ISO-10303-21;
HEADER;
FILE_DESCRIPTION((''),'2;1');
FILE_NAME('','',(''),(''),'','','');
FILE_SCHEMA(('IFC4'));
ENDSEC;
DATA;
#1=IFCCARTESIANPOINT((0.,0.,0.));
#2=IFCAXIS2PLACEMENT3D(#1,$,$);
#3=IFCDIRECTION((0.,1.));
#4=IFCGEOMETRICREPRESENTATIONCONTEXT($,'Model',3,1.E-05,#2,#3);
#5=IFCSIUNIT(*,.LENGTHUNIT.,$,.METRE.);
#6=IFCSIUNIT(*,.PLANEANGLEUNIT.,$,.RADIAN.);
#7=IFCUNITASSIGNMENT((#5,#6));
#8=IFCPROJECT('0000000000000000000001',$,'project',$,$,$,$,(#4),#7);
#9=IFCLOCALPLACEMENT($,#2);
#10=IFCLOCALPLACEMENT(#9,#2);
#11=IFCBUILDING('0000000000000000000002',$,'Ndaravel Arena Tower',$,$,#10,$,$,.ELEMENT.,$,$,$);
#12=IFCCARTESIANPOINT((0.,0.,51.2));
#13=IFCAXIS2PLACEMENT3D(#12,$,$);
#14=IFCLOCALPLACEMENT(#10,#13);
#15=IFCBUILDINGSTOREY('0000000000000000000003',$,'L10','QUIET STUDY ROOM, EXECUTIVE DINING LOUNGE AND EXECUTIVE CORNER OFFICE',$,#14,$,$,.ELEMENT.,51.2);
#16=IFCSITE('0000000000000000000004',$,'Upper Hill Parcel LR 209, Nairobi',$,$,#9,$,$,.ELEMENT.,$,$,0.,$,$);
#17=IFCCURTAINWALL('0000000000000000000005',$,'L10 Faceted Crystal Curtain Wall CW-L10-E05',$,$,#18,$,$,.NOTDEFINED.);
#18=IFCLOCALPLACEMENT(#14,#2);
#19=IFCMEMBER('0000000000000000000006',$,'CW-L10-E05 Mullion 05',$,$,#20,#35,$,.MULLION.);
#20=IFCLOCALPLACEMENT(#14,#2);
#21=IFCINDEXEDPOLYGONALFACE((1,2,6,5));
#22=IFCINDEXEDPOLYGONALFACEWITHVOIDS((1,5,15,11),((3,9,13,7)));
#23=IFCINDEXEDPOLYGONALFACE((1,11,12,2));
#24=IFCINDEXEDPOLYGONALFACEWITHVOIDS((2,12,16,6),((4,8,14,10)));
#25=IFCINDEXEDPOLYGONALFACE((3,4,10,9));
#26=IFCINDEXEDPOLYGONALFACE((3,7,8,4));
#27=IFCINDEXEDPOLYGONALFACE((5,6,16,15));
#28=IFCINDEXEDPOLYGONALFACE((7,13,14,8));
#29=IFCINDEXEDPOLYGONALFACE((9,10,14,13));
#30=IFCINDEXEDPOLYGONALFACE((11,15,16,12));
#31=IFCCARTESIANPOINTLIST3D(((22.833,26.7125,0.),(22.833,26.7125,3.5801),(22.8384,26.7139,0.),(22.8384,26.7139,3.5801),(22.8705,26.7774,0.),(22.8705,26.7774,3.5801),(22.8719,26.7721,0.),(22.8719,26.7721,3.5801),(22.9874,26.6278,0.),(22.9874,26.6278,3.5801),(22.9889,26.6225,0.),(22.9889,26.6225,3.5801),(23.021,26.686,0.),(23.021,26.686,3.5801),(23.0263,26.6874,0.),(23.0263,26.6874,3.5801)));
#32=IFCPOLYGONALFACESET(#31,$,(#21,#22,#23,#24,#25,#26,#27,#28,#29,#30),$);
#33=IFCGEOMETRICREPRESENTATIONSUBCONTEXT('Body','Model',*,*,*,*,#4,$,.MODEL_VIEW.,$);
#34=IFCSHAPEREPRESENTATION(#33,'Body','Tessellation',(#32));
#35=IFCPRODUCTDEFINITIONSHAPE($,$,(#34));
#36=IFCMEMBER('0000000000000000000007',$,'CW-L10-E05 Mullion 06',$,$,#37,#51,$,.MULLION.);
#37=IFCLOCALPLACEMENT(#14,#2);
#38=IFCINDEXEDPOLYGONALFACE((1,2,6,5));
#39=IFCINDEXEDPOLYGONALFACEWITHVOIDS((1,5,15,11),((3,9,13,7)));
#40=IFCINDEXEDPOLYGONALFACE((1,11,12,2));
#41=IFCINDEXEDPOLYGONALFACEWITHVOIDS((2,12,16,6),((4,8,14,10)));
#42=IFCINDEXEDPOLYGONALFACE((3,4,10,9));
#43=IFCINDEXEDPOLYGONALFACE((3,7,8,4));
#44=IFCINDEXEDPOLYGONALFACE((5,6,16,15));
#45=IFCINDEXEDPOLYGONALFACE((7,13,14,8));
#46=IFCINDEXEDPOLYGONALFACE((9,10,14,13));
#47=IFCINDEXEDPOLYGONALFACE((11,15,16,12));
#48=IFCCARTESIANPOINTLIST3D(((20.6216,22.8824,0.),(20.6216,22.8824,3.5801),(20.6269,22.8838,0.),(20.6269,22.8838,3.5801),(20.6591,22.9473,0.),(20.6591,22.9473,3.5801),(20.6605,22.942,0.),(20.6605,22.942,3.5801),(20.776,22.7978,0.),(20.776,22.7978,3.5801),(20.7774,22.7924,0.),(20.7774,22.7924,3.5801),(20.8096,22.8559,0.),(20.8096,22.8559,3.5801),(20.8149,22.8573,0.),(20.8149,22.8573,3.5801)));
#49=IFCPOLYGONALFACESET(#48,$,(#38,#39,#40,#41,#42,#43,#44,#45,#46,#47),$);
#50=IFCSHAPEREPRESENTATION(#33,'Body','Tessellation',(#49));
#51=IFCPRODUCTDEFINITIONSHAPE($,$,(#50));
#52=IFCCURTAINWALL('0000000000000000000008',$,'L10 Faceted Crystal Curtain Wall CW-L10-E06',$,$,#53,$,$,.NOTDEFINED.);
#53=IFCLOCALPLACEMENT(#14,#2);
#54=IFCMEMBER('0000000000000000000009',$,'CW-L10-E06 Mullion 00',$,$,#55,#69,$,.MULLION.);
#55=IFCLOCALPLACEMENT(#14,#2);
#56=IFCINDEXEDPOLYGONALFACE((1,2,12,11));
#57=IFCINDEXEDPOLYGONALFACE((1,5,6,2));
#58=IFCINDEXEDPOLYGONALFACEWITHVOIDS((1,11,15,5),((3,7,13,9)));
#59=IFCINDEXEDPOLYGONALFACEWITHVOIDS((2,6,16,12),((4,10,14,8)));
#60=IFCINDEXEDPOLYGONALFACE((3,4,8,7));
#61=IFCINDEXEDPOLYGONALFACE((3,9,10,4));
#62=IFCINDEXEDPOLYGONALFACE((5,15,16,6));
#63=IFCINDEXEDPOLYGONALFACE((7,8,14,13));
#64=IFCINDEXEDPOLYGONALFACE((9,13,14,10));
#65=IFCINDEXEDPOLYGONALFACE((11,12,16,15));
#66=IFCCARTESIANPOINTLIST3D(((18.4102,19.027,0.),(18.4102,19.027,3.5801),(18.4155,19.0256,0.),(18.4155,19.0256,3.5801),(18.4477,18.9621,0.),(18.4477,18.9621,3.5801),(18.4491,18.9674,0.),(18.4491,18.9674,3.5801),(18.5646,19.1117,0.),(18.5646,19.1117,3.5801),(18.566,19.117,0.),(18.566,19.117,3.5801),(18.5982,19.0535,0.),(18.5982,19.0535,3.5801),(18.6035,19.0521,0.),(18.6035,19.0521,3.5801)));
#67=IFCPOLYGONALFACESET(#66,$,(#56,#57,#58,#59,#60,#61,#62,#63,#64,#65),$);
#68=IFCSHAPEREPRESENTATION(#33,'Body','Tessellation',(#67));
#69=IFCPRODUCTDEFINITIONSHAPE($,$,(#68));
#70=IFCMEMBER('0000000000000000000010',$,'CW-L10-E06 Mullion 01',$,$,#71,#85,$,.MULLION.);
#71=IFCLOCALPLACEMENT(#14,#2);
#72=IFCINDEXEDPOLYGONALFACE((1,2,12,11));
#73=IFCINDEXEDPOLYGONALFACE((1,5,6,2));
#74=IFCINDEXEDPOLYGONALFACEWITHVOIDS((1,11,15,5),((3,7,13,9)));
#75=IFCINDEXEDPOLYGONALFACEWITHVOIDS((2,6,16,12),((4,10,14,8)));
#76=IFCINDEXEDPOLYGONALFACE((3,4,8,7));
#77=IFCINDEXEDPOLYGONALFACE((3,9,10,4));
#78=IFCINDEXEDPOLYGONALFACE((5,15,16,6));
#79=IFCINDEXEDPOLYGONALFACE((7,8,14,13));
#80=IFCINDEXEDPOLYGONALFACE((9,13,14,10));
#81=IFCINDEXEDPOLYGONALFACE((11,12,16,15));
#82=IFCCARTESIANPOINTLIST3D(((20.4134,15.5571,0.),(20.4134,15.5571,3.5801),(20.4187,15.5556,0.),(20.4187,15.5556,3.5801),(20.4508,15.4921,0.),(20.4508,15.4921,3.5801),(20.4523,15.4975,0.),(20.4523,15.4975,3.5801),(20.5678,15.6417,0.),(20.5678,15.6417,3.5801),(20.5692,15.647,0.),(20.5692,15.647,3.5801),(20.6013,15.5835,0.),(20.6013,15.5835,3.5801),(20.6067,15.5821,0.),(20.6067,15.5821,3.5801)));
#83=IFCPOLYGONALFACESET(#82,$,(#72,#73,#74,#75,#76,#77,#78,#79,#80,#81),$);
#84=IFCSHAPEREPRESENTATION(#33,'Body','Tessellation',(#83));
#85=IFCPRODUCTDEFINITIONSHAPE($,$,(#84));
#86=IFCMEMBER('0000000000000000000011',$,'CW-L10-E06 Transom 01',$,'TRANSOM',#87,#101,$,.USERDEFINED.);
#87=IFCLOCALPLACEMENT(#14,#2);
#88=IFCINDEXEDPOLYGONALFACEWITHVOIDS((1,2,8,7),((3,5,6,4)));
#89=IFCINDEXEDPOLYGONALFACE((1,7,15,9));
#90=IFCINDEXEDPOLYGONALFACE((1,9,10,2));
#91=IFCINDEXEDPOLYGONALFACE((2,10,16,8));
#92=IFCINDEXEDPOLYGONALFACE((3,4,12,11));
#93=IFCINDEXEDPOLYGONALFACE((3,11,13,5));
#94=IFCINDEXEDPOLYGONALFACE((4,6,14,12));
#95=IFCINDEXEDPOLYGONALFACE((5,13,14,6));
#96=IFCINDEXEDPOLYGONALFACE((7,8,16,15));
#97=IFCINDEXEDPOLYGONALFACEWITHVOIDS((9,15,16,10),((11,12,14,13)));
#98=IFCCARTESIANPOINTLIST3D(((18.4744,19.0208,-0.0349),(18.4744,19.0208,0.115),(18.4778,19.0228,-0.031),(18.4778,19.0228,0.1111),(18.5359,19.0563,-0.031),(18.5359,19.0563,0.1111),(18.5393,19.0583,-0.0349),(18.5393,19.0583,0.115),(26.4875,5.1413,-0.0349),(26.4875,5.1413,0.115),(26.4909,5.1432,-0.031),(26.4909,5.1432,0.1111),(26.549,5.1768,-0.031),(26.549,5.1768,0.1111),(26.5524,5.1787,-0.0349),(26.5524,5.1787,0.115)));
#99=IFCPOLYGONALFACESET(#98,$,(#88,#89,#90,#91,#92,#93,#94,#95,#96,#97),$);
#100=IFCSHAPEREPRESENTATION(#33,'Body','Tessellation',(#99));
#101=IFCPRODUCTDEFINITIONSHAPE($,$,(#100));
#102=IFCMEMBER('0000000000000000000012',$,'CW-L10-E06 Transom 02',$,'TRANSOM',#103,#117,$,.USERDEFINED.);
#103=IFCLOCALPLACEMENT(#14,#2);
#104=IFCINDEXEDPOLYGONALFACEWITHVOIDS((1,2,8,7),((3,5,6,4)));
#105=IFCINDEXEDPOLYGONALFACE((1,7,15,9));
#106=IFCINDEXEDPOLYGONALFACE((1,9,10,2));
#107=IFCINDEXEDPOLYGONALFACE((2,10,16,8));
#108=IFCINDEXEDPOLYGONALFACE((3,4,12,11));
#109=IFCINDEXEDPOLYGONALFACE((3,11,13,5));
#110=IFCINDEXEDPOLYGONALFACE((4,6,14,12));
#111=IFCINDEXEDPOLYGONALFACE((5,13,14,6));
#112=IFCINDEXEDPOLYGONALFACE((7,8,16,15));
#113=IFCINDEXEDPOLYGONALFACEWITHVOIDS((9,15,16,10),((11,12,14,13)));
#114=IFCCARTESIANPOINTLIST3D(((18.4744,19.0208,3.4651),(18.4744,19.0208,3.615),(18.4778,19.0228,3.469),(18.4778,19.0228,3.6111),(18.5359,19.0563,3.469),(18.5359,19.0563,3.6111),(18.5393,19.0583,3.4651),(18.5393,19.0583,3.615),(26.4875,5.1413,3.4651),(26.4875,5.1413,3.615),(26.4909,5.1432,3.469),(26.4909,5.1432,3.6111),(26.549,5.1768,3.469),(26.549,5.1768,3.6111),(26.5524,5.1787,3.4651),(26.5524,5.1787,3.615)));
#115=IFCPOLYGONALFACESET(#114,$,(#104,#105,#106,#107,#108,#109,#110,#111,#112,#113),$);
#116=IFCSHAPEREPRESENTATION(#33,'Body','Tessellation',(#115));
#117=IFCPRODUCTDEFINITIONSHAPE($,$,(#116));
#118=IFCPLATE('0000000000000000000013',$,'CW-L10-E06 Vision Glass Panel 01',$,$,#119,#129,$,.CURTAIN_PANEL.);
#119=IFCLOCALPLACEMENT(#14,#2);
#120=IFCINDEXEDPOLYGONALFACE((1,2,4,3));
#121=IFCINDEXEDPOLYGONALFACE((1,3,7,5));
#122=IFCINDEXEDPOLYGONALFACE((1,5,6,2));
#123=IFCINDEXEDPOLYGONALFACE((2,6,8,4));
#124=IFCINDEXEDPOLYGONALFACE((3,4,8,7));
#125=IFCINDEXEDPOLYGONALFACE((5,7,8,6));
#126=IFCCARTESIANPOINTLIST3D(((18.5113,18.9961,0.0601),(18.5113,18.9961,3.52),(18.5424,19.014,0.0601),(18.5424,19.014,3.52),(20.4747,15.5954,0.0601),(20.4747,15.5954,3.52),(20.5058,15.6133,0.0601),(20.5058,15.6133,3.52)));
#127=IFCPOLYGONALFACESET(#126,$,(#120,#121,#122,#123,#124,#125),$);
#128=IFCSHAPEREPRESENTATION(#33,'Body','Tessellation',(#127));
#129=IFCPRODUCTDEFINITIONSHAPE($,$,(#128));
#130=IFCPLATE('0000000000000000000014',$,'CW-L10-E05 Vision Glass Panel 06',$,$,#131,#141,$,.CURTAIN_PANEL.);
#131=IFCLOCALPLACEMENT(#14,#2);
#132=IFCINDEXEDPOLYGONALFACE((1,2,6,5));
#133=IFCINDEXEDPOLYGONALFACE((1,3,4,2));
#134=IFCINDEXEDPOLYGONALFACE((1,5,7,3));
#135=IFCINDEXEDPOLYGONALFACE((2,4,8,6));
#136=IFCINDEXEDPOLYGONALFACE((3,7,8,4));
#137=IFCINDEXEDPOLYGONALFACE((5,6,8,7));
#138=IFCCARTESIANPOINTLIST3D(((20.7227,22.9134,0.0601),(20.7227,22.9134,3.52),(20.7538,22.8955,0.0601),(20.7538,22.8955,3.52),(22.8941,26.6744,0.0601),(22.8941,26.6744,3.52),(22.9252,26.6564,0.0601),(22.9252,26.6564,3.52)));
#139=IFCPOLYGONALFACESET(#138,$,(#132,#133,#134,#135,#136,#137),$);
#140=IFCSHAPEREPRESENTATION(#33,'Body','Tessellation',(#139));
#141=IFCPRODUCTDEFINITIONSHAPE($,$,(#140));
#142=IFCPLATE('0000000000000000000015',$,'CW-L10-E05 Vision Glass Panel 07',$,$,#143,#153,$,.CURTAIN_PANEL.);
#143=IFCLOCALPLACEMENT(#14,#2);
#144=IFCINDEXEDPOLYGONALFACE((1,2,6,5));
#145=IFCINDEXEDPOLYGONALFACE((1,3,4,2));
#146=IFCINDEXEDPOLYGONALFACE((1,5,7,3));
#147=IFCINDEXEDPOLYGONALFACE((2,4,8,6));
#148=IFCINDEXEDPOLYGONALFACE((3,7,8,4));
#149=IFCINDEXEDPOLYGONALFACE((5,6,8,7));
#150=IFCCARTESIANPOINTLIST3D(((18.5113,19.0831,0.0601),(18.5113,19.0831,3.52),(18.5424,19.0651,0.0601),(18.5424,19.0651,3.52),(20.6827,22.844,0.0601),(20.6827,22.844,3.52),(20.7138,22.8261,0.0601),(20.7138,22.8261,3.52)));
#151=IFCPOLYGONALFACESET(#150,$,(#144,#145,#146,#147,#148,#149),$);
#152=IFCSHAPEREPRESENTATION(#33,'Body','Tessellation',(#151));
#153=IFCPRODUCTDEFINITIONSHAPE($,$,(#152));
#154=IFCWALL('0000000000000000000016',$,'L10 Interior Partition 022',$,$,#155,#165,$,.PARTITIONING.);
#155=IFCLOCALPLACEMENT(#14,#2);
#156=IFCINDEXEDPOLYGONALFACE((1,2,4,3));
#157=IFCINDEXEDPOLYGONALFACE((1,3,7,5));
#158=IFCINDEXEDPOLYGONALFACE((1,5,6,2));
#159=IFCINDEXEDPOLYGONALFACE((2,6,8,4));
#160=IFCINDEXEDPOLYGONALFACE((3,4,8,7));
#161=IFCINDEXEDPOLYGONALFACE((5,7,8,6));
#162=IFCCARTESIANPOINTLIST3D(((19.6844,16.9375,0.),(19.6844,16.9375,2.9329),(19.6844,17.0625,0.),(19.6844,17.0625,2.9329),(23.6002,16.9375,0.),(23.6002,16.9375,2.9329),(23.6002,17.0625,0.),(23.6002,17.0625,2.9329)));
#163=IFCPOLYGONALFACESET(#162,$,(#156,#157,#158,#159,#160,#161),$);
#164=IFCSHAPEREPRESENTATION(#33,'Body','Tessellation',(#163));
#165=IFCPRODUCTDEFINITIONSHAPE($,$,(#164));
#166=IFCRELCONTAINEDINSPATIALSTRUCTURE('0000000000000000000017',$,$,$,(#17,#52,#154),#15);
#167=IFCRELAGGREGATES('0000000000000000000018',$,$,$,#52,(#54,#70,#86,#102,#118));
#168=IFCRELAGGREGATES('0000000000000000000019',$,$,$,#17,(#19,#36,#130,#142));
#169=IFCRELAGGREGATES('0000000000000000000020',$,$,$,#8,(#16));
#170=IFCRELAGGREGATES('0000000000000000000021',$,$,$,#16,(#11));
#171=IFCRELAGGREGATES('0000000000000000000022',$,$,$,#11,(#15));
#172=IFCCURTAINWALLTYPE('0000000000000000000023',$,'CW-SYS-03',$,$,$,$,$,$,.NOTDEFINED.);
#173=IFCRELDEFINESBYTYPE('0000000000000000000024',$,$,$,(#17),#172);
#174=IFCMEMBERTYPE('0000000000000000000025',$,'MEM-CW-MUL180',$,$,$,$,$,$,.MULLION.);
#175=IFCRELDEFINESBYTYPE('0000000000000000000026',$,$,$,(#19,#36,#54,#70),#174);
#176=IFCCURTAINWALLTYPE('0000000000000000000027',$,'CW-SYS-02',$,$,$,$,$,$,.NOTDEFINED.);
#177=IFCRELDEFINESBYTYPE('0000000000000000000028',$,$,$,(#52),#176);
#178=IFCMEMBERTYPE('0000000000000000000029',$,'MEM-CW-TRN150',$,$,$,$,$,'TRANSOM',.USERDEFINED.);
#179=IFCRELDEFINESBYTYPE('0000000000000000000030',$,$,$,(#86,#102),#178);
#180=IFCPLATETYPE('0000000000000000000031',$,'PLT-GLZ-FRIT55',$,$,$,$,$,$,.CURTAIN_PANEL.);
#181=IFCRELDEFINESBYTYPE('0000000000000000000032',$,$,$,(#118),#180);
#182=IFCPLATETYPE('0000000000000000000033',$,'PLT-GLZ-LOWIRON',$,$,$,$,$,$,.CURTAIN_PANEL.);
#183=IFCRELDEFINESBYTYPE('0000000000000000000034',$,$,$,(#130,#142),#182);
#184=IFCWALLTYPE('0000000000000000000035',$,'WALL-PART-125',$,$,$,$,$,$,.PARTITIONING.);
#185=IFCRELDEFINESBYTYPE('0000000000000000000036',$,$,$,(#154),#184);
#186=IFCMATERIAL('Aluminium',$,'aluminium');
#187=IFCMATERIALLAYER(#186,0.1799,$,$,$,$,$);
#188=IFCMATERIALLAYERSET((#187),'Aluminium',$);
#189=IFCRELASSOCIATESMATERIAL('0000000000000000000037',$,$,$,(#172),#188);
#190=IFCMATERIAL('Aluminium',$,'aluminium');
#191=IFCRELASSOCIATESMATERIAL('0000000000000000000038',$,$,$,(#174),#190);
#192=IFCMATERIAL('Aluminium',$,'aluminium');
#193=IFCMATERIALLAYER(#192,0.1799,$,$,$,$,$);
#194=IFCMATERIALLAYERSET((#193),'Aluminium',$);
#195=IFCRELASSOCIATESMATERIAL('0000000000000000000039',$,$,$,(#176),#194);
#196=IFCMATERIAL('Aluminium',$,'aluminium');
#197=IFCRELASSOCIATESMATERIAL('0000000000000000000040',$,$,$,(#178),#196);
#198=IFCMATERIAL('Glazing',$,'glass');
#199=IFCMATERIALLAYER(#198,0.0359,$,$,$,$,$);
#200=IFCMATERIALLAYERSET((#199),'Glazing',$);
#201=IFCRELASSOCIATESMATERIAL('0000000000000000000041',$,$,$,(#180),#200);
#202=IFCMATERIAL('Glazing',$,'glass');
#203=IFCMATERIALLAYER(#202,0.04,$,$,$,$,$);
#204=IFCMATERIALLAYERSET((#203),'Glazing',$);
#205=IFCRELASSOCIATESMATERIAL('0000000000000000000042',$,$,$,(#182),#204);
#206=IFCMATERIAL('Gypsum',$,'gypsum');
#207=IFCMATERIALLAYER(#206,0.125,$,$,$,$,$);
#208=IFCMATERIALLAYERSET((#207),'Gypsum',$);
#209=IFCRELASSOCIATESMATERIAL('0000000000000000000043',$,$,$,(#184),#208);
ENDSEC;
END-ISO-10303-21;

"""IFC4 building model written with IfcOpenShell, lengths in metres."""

from ifc_helpers import new_model, si_unit, direction, frame, frame_2d, origin, origin_2d, place, context, subcontext, project, spatial, rectangle, hollow_rectangle, extrude, material, layer, layer_set, material_profile, profile_set, type_object, element, aggregate, save


model = new_model("IFC4")

# Units and contexts
model_context = context("Model", 3, precision=1e-05, world=origin(), true_north=direction((0.0, 1.0)))
body_context = subcontext(model_context, "Body", "Model", "MODEL_VIEW")
ifc_project = project(units=[si_unit("LENGTHUNIT", "METRE"), si_unit("PLANEANGLEUNIT", "RADIAN")], contexts=[model_context])

# Site, building, storey
site_placement = place(None, origin())
site = spatial("IfcSite", under=ifc_project, at=site_placement, Name="Upper Hill Parcel LR 209, Nairobi", CompositionType="ELEMENT", RefElevation=0.0)
building_placement = place(site_placement, origin())
building = spatial("IfcBuilding", under=site, at=building_placement, Name="Ndaravel Arena Tower", CompositionType="ELEMENT")
storey_placement = place(building_placement, frame((0.0, 0.0, 51.2)))
storey = spatial("IfcBuildingStorey", under=building, at=storey_placement, Name="L10", Description="QUIET STUDY ROOM, EXECUTIVE DINING LOUNGE AND EXECUTIVE CORNER OFFICE", CompositionType="ELEMENT", Elevation=51.2)

# Curtain wall, members
ifc_material_1 = material(Name="Aluminium", Category="aluminium")
ifc_layer_1 = layer(ifc_material_1, 0.1799)
ifc_layer_set_1 = layer_set([ifc_layer_1], Name="Aluminium")
curtain_wall_type_1 = type_object("IfcCurtainWallType", Name="CW-SYS-03", PredefinedType="NOTDEFINED", material=ifc_layer_set_1)
curtain_wall_1_placement = place(storey_placement, origin())
curtain_wall_1 = element("IfcCurtainWall", 1, at=curtain_wall_1_placement, inside=storey, type_object=curtain_wall_type_1, Name="L10 Faceted Crystal Curtain Wall CW-L10-E05", PredefinedType="NOTDEFINED")
ifc_material_2 = material(Name="Aluminium", Category="aluminium")
ifc_material_profile_1 = material_profile(ifc_material_2, hollow_rectangle(XDim=0.075, YDim=0.1799, WallThickness=0.0039, at=origin_2d()), Name="CW MULLION 75x180x4")
ifc_profile_set_1 = profile_set([ifc_material_profile_1], Name="Aluminium")
member_type_1 = type_object("IfcMemberType", Name="MEM-CW-MUL180", PredefinedType="MULLION", material=ifc_profile_set_1)
member_1_placement = place(storey_placement, frame((22.9297, 26.7, 0.0), z_axis=(0.0, 0.0, 1.0), x_axis=(-0.5, -0.866025, 0.0)))
member_1 = element("IfcMember", 2, at=member_1_placement, type_object=member_type_1, Name="CW-L10-E05 Mullion 05", PredefinedType="MULLION", context=body_context, shape_type="SweptSolid", body=[
    extrude(hollow_rectangle(XDim=0.075, YDim=0.1799, WallThickness=0.0039, at=origin_2d()), origin(), (0.0, 0.0, 1.0), 3.5801),
])
member_2_placement = place(storey_placement, frame((20.7183, 22.8699, 0.0), z_axis=(0.0, 0.0, 1.0), x_axis=(-0.5, -0.866025, 0.0)))
member_2 = element("IfcMember", 3, at=member_2_placement, type_object=member_type_1, Name="CW-L10-E05 Mullion 06", PredefinedType="MULLION", context=body_context, shape_type="SweptSolid", body=[
    extrude(hollow_rectangle(XDim=0.075, YDim=0.1799, WallThickness=0.0039, at=origin_2d()), origin(), (0.0, 0.0, 1.0), 3.5801),
])

# Curtain wall, members, plate
ifc_material_3 = material(Name="Aluminium", Category="aluminium")
ifc_layer_2 = layer(ifc_material_3, 0.1799)
ifc_layer_set_2 = layer_set([ifc_layer_2], Name="Aluminium")
curtain_wall_type_2 = type_object("IfcCurtainWallType", Name="CW-SYS-02", PredefinedType="NOTDEFINED", material=ifc_layer_set_2)
curtain_wall_2_placement = place(storey_placement, origin())
curtain_wall_2 = element("IfcCurtainWall", 4, at=curtain_wall_2_placement, inside=storey, type_object=curtain_wall_type_2, Name="L10 Faceted Crystal Curtain Wall CW-L10-E06", PredefinedType="NOTDEFINED")
member_3_placement = place(storey_placement, frame((18.5068, 19.0396, 0.0), z_axis=(0.0, 0.0, 1.0), x_axis=(0.5, -0.866025, 0.0)))
member_3 = element("IfcMember", 5, at=member_3_placement, type_object=member_type_1, Name="CW-L10-E06 Mullion 00", PredefinedType="MULLION", context=body_context, shape_type="SweptSolid", body=[
    extrude(hollow_rectangle(XDim=0.075, YDim=0.1799, WallThickness=0.0039, at=origin_2d()), origin(), (0.0, 0.0, 1.0), 3.5801),
])
member_4_placement = place(storey_placement, frame((20.51, 15.5696, 0.0), z_axis=(0.0, 0.0, 1.0), x_axis=(0.5, -0.866025, 0.0)))
member_4 = element("IfcMember", 6, at=member_4_placement, type_object=member_type_1, Name="CW-L10-E06 Mullion 01", PredefinedType="MULLION", context=body_context, shape_type="SweptSolid", body=[
    extrude(hollow_rectangle(XDim=0.075, YDim=0.1799, WallThickness=0.0039, at=origin_2d()), origin(), (0.0, 0.0, 1.0), 3.5801),
])
ifc_material_4 = material(Name="Aluminium", Category="aluminium")
ifc_material_profile_2 = material_profile(ifc_material_4, hollow_rectangle(XDim=0.075, YDim=0.1499, WallThickness=0.0039, at=origin_2d()), Name="CW TRANSOM 75x150x4")
ifc_profile_set_2 = profile_set([ifc_material_profile_2], Name="Aluminium")
member_type_2 = type_object("IfcMemberType", Name="MEM-CW-TRN150", ElementType="TRANSOM", PredefinedType="USERDEFINED", material=ifc_profile_set_2)
member_5_placement = place(storey_placement, frame((18.5068, 19.0396, 0.04), z_axis=(0.499989, -0.866032, 0.0), x_axis=(0.866032, 0.499989, 0.0)))
member_5 = element("IfcMember", 7, at=member_5_placement, type_object=member_type_2, Name="CW-L10-E06 Transom 01", ObjectType="TRANSOM", PredefinedType="USERDEFINED", context=body_context, shape_type="SweptSolid", body=[
    extrude(hollow_rectangle(XDim=0.075, YDim=0.1499, WallThickness=0.0039, at=origin_2d()), origin(), (0.0, 0.0, 1.0), 16.0266),
])
member_6_placement = place(storey_placement, frame((18.5068, 19.0396, 3.54), z_axis=(0.499989, -0.866032, 0.0), x_axis=(0.866032, 0.499989, 0.0)))
member_6 = element("IfcMember", 8, at=member_6_placement, type_object=member_type_2, Name="CW-L10-E06 Transom 02", ObjectType="TRANSOM", PredefinedType="USERDEFINED", context=body_context, shape_type="SweptSolid", body=[
    extrude(hollow_rectangle(XDim=0.075, YDim=0.1499, WallThickness=0.0039, at=origin_2d()), origin(), (0.0, 0.0, 1.0), 16.0266),
])
ifc_material_5 = material(Name="Glazing", Category="glass")
ifc_layer_3 = layer(ifc_material_5, 0.0359)
ifc_layer_set_3 = layer_set([ifc_layer_3], Name="Glazing")
plate_type_1 = type_object("IfcPlateType", Name="PLT-GLZ-FRIT55", PredefinedType="CURTAIN_PANEL", material=ifc_layer_set_3)
plate_1_placement = place(storey_placement, frame((19.5085, 17.3047, 0.0601), z_axis=(0.0, 0.0, 1.0), x_axis=(0.5, -0.866025, 0.0)))
plate_1 = element("IfcPlate", 9, at=plate_1_placement, type_object=plate_type_1, Name="CW-L10-E06 Vision Glass Panel 01", PredefinedType="CURTAIN_PANEL", context=body_context, shape_type="SweptSolid", body=[
    extrude(rectangle(XDim=3.9268, YDim=0.0359, at=origin_2d()), origin(), (0.0, 0.0, 1.0), 3.46),
])
aggregate(curtain_wall_2, [member_3, member_4, member_5, member_6, plate_1])

# Plates
ifc_material_6 = material(Name="Glazing", Category="glass")
ifc_layer_4 = layer(ifc_material_6, 0.04)
ifc_layer_set_4 = layer_set([ifc_layer_4], Name="Glazing")
plate_type_2 = type_object("IfcPlateType", Name="PLT-GLZ-LOWIRON", PredefinedType="CURTAIN_PANEL", material=ifc_layer_set_4)
plate_2_placement = place(storey_placement, frame((21.824, 24.7849, 0.0601), z_axis=(0.0, 0.0, 1.0), x_axis=(-0.5, -0.866025, 0.0)))
plate_2 = element("IfcPlate", 10, at=plate_2_placement, type_object=plate_type_2, Name="CW-L10-E05 Vision Glass Panel 06", PredefinedType="CURTAIN_PANEL", context=body_context, shape_type="SweptSolid", body=[
    extrude(rectangle(XDim=4.3428, YDim=0.0359, at=origin_2d()), origin(), (0.0, 0.0, 1.0), 3.46),
])
plate_3_placement = place(storey_placement, frame((19.6125, 20.9546, 0.0601), z_axis=(0.0, 0.0, 1.0), x_axis=(-0.5, -0.866025, 0.0)))
plate_3 = element("IfcPlate", 11, at=plate_3_placement, type_object=plate_type_2, Name="CW-L10-E05 Vision Glass Panel 07", PredefinedType="CURTAIN_PANEL", context=body_context, shape_type="SweptSolid", body=[
    extrude(rectangle(XDim=4.3428, YDim=0.0359, at=origin_2d()), origin(), (0.0, 0.0, 1.0), 3.46),
])
aggregate(curtain_wall_1, [member_1, member_2, plate_2, plate_3])

# Wall
ifc_material_7 = material(Name="Gypsum", Category="gypsum")
ifc_layer_5 = layer(ifc_material_7, 0.125)
ifc_layer_set_5 = layer_set([ifc_layer_5], Name="Gypsum")
wall_type = type_object("IfcWallType", Name="WALL-PART-125", PredefinedType="PARTITIONING", material=ifc_layer_set_5)
wall_placement = place(storey_placement, frame((19.6843, 17.0, 0.0), z_axis=(0.0, 0.0, 1.0), x_axis=(1.0, 0.0, 0.0)))
element("IfcWall", 12, at=wall_placement, inside=storey, type_object=wall_type, Name="L10 Interior Partition 022", PredefinedType="PARTITIONING", context=body_context, shape_type="SweptSolid", body=[
    extrude(rectangle(XDim=3.9158, YDim=0.125, at=frame_2d((1.958, 0.0))), origin(), (0.0, 0.0, 1.0), 2.9329),
])

save(model, "model.ifc")
